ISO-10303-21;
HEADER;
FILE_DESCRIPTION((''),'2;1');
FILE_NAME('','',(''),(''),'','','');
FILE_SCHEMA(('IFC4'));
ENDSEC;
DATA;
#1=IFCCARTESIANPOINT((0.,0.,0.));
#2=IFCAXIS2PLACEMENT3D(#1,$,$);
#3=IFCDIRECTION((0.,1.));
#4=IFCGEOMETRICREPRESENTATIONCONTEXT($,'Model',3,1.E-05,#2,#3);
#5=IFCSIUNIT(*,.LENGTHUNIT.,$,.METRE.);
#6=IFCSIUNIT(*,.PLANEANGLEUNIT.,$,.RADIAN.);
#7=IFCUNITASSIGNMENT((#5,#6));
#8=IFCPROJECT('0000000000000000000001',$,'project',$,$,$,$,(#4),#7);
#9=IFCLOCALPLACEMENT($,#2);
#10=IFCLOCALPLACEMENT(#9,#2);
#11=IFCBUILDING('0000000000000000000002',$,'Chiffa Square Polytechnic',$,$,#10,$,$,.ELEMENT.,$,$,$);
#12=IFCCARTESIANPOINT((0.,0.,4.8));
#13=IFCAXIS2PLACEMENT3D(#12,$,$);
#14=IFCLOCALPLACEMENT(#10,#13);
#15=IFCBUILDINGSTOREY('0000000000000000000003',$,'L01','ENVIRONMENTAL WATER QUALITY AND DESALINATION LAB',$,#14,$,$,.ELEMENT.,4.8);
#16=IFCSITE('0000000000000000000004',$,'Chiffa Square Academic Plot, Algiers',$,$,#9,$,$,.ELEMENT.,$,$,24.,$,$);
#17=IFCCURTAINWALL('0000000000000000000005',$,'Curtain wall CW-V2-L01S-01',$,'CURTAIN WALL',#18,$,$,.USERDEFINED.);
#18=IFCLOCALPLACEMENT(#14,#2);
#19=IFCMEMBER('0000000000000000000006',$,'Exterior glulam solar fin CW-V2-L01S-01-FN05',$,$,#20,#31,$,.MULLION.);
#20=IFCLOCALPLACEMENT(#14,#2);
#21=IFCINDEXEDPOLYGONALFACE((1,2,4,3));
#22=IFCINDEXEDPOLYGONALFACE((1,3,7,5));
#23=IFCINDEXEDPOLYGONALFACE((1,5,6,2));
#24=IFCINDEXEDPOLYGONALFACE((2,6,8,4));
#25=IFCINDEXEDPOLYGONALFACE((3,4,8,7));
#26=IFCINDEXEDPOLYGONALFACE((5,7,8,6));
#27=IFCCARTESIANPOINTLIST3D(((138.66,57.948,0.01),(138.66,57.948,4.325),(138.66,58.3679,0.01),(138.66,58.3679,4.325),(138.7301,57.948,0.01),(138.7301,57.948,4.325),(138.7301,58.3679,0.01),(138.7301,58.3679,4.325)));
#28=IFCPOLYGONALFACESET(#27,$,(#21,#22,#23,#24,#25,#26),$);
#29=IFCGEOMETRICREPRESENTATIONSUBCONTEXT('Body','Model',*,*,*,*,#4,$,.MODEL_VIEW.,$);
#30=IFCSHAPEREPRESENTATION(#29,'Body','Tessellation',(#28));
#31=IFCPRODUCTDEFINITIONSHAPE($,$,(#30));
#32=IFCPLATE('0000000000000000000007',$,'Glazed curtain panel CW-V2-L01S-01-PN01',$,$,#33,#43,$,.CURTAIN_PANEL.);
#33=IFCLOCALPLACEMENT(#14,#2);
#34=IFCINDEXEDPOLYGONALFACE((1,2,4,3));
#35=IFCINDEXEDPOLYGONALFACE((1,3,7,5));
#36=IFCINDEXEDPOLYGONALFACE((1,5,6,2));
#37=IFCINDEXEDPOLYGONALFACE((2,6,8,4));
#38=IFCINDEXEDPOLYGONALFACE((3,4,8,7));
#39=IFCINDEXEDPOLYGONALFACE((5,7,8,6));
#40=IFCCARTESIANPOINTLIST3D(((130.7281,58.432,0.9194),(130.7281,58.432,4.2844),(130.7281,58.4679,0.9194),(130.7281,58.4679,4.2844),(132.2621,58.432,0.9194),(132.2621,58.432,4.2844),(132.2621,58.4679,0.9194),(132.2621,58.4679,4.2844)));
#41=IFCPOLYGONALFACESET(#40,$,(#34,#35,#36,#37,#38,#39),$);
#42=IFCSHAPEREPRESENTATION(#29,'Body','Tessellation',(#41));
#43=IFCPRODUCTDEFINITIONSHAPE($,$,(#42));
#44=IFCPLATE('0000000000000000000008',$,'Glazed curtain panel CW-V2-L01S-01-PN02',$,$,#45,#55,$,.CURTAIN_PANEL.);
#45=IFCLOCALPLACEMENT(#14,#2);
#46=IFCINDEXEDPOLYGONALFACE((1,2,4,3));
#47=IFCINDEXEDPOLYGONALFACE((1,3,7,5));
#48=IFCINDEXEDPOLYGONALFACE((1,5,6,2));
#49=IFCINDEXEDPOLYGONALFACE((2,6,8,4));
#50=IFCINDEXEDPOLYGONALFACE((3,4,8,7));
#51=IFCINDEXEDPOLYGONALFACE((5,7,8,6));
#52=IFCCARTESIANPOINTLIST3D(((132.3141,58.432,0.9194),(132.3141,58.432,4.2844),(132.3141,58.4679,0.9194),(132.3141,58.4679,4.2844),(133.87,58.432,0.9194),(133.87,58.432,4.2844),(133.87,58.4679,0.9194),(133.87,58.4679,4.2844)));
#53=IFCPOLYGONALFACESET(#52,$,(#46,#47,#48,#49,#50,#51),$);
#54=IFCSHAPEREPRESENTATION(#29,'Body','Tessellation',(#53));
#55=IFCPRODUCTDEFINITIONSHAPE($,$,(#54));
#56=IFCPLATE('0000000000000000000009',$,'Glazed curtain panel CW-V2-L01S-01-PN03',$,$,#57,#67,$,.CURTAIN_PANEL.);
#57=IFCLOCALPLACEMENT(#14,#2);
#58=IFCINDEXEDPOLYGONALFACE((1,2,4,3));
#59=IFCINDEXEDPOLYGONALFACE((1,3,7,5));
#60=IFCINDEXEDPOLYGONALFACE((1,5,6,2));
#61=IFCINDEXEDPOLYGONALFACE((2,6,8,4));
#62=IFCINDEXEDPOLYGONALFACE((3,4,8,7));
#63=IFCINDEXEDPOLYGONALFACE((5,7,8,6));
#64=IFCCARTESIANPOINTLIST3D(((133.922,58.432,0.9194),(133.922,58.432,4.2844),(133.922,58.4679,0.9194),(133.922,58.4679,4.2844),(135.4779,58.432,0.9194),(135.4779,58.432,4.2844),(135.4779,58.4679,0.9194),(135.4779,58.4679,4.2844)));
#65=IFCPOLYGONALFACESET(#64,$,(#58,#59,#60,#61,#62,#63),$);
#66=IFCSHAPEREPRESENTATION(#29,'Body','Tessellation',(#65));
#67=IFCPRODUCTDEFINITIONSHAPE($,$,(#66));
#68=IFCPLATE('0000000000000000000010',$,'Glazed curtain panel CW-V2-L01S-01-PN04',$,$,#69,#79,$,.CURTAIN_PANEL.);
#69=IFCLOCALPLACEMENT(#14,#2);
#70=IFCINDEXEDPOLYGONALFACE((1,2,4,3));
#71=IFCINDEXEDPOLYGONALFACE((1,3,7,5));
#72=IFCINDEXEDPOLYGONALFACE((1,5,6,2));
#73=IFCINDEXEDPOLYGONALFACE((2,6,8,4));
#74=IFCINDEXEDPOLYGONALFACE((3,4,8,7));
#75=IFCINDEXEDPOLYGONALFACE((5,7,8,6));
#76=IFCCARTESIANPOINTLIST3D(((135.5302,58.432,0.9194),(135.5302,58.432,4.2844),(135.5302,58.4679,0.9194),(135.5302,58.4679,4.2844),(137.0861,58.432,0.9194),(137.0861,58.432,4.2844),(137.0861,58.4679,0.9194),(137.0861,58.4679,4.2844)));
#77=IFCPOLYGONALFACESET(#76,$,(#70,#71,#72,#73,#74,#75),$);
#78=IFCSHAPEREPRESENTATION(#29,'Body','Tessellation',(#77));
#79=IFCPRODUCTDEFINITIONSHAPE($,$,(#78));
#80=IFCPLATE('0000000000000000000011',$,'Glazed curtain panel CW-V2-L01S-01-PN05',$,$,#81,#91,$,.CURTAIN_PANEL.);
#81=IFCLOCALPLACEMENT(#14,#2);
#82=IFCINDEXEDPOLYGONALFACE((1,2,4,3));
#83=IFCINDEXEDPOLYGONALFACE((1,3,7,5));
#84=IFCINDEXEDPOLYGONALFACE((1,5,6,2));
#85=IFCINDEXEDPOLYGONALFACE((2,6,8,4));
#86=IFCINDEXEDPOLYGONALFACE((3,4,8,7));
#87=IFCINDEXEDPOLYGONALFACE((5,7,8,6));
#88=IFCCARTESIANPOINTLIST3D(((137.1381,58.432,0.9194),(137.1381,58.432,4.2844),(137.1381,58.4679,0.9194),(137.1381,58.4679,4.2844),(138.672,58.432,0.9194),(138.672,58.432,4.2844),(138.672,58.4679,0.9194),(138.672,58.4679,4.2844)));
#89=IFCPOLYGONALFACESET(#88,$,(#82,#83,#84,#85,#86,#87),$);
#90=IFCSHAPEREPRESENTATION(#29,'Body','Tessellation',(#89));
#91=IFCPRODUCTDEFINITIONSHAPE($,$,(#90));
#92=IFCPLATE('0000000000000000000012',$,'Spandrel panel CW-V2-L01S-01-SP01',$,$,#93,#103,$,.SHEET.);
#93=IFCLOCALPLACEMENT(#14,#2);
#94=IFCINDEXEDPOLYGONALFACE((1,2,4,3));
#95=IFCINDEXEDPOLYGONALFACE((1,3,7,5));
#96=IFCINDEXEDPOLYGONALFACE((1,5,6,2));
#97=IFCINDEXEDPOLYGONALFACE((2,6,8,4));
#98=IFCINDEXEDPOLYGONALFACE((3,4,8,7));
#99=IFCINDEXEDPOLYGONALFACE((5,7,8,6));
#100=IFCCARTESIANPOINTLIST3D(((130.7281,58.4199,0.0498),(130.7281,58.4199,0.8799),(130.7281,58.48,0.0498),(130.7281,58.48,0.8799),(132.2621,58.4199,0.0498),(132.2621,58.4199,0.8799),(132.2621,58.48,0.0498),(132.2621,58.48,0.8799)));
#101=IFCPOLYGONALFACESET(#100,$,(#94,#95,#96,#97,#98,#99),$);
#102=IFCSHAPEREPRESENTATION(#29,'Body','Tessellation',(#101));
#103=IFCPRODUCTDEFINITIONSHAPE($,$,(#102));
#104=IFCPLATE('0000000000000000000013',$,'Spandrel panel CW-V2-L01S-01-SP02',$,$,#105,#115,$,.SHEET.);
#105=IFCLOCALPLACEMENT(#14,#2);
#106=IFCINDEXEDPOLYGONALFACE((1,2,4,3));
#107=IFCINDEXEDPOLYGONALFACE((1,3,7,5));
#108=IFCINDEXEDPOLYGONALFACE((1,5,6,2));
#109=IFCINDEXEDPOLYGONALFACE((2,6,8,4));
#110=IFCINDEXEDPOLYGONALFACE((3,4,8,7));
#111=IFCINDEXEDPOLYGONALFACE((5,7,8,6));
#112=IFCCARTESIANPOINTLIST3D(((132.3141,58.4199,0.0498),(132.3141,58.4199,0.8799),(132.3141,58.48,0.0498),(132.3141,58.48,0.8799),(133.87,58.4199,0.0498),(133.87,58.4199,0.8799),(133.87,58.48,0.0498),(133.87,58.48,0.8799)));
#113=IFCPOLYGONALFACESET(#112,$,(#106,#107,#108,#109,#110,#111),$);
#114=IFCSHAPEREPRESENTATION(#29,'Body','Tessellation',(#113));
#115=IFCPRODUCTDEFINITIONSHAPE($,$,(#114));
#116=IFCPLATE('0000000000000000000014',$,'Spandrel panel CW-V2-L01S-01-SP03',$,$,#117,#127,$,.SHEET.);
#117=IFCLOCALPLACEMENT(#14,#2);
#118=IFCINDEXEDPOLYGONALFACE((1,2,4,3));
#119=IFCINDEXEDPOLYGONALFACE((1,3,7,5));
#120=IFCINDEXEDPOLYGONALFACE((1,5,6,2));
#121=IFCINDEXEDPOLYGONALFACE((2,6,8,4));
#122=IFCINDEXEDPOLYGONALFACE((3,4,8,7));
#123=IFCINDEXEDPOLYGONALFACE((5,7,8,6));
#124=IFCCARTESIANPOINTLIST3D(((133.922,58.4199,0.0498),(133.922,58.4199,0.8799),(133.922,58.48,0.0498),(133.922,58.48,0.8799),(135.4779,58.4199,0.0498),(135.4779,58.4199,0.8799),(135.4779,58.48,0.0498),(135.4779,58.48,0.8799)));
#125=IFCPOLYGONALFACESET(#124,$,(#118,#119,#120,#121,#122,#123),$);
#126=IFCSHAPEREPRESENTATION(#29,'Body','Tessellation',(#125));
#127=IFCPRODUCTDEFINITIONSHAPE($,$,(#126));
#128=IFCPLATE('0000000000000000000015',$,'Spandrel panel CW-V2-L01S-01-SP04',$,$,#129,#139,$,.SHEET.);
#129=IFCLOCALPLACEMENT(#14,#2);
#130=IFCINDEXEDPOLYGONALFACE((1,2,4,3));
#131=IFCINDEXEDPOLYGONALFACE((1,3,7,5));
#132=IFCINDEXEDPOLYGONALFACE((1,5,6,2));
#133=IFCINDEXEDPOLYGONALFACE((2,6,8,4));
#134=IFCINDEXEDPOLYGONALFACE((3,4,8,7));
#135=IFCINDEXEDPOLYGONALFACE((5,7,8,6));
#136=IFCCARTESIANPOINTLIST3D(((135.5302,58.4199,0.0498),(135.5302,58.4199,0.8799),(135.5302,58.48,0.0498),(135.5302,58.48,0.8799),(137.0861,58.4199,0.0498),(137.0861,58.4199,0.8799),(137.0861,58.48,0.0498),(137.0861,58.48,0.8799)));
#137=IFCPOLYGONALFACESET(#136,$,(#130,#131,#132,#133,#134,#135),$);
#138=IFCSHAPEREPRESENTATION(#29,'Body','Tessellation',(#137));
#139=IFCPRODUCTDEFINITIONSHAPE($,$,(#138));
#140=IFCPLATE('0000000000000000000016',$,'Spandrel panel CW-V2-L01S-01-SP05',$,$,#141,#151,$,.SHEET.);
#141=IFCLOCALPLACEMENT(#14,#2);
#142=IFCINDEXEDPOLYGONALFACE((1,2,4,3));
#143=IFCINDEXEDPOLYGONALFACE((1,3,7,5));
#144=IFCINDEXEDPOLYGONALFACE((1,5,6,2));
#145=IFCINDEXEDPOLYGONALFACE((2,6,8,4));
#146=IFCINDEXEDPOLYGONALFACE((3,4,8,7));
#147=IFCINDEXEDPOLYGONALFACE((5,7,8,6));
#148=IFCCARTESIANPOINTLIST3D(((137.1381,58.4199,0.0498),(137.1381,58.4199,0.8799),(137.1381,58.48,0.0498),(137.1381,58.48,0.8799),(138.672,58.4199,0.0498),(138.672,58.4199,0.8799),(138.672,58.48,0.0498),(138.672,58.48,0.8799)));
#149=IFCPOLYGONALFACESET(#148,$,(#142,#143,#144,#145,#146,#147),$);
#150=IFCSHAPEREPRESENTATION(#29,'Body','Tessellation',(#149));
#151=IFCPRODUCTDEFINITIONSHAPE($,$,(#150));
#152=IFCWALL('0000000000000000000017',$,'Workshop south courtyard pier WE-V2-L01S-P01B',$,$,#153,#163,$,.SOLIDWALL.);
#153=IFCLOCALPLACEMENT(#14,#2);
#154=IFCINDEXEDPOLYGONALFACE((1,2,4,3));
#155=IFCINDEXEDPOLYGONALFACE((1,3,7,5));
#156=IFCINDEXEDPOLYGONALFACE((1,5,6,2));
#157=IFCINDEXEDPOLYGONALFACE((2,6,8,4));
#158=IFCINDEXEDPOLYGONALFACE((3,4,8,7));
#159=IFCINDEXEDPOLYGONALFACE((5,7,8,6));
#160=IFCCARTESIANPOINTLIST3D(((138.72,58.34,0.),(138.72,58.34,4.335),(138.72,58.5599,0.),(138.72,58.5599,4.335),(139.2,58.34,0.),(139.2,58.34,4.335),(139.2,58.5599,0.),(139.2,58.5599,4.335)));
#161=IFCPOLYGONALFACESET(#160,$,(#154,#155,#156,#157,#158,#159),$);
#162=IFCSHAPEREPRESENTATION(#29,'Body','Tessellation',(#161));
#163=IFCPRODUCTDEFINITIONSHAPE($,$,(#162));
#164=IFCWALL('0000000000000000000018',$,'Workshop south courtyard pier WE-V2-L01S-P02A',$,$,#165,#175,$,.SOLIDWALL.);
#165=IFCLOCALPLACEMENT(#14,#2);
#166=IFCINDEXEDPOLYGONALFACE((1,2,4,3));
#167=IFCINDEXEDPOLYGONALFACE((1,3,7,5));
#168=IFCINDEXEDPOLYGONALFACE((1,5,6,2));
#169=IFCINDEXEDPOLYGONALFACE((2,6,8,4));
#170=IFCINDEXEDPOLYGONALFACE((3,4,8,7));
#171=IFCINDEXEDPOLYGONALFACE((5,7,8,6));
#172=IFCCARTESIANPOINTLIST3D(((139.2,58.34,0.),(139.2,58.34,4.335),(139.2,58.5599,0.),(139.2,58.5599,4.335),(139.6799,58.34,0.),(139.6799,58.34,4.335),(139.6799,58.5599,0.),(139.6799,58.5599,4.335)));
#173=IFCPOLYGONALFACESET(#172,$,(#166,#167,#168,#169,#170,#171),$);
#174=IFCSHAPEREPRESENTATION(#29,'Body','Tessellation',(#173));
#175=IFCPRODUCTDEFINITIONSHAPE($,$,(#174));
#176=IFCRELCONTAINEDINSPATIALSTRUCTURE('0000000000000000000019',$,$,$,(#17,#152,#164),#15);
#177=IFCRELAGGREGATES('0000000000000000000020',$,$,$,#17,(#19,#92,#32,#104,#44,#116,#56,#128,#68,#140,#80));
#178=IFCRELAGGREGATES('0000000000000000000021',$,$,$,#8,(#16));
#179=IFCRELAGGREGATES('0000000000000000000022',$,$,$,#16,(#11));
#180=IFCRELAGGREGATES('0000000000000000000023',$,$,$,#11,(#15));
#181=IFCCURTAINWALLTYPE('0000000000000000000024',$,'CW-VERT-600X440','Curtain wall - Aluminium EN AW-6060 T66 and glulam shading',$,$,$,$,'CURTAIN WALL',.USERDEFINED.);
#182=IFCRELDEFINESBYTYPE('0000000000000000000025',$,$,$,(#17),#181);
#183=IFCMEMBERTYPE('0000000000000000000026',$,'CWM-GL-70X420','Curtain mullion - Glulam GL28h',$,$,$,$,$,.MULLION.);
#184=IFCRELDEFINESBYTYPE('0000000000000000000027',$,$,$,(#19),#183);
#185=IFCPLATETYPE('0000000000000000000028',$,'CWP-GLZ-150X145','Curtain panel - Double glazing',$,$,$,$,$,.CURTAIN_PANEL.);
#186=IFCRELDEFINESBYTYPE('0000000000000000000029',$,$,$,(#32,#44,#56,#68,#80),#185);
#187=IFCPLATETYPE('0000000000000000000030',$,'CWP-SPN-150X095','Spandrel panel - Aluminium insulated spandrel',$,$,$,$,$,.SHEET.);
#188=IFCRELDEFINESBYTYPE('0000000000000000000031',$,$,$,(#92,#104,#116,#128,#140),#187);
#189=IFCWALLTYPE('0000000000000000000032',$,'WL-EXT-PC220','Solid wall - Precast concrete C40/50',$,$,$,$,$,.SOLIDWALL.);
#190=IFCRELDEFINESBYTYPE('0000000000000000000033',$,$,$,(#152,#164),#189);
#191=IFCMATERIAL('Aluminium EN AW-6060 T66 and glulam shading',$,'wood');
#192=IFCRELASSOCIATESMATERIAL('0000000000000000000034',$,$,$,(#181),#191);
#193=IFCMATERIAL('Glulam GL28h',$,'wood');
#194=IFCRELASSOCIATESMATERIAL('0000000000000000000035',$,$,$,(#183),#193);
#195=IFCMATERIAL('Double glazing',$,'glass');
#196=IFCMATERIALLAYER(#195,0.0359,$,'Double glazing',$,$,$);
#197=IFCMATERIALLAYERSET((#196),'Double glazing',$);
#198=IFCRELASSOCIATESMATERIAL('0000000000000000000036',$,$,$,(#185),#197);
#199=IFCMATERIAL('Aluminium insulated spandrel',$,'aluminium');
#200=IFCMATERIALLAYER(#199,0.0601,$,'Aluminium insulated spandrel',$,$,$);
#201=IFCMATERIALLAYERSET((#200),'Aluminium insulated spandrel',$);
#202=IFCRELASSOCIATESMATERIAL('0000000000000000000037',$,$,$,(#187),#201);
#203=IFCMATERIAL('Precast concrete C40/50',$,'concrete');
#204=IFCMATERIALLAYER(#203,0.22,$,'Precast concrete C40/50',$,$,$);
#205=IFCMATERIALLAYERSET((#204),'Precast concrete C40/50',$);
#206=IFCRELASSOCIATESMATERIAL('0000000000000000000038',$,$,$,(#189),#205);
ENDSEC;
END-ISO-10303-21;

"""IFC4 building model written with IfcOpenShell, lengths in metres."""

from ifc_helpers import new_model, si_unit, direction, frame, frame_2d, origin, origin_2d, place, context, subcontext, project, spatial, rectangle, extrude, material, layer, layer_set, material_profile, profile_set, type_object, element, aggregate, save


model = new_model("IFC4")

# Units and contexts
model_context = context("Model", 3, precision=1e-05, world=origin(), true_north=direction((0.0, 1.0)))
body_context = subcontext(model_context, "Body", "Model", "MODEL_VIEW")
ifc_project = project(units=[si_unit("LENGTHUNIT", "METRE"), si_unit("PLANEANGLEUNIT", "RADIAN")], contexts=[model_context])

# Site, building, storey
site_placement = place(None, origin())
site = spatial("IfcSite", under=ifc_project, at=site_placement, Name="Chiffa Square Academic Plot, Algiers", CompositionType="ELEMENT", RefElevation=24.0)
building_placement = place(site_placement, origin())
building = spatial("IfcBuilding", under=site, at=building_placement, Name="Chiffa Square Polytechnic", CompositionType="ELEMENT")
storey_placement = place(building_placement, frame((0.0, 0.0, 4.8)))
storey = spatial("IfcBuildingStorey", under=building, at=storey_placement, Name="L01", Description="ENVIRONMENTAL WATER QUALITY AND DESALINATION LAB", CompositionType="ELEMENT", Elevation=4.8)

# Curtain wall, member, plates
ifc_material_1 = material(Name="Aluminium EN AW-6060 T66 and glulam shading", Category="wood")
curtain_wall_type = type_object("IfcCurtainWallType", Name="CW-VERT-600X440", Description="Curtain wall - Aluminium EN AW-6060 T66 and glulam shading", ElementType="CURTAIN WALL", PredefinedType="USERDEFINED", material=ifc_material_1)
curtain_wall_placement = place(storey_placement, origin())
curtain_wall = element("IfcCurtainWall", 1, at=curtain_wall_placement, inside=storey, type_object=curtain_wall_type, Name="Curtain wall CW-V2-L01S-01", ObjectType="CURTAIN WALL", PredefinedType="USERDEFINED")
ifc_material_2 = material(Name="Glulam GL28h", Category="wood")
ifc_material_profile_1 = material_profile(ifc_material_2, rectangle(XDim=0.0701, YDim=0.4199, at=origin_2d()), Name="GL28h 70x420")
ifc_profile_set_1 = profile_set([ifc_material_profile_1], Name="Glulam GL28h")
member_type_1 = type_object("IfcMemberType", Name="CWM-GL-70X420", Description="Curtain mullion - Glulam GL28h", PredefinedType="MULLION", material=ifc_profile_set_1)
member_1_placement = place(storey_placement, frame((138.6951, 58.158, 0.01), z_axis=(0.0, 0.0, 1.0), x_axis=(1.0, 0.0, 0.0)))
member_1 = element("IfcMember", 2, at=member_1_placement, type_object=member_type_1, Name="Exterior glulam solar fin CW-V2-L01S-01-FN05", PredefinedType="MULLION", context=body_context, shape_type="SweptSolid", body=[
    extrude(rectangle(XDim=0.0701, YDim=0.4199, at=origin_2d()), origin(), (0.0, 0.0, 1.0), 4.3149),
])
ifc_material_3 = material(Name="Double glazing", Category="glass")
ifc_layer_1 = layer(ifc_material_3, 0.0359, Name="Double glazing")
ifc_layer_set_1 = layer_set([ifc_layer_1], Name="Double glazing")
plate_type_1 = type_object("IfcPlateType", Name="CWP-GLZ-150X145", Description="Curtain panel - Double glazing", PredefinedType="CURTAIN_PANEL", material=ifc_layer_set_1)
plate_1_placement = place(storey_placement, frame((131.4951, 58.45, 0.9194), z_axis=(0.0, 0.0, 1.0), x_axis=(1.0, 0.0, 0.0)))
plate_1 = element("IfcPlate", 3, at=plate_1_placement, type_object=plate_type_1, Name="Glazed curtain panel CW-V2-L01S-01-PN01", PredefinedType="CURTAIN_PANEL", context=body_context, shape_type="SweptSolid", body=[
    extrude(rectangle(XDim=1.5339, YDim=0.0359, at=origin_2d()), origin(), (0.0, 0.0, 1.0), 3.365),
])
plate_2_placement = place(storey_placement, frame((133.092, 58.45, 0.9194), z_axis=(0.0, 0.0, 1.0), x_axis=(1.0, 0.0, 0.0)))
plate_2 = element("IfcPlate", 4, at=plate_2_placement, type_object=plate_type_1, Name="Glazed curtain panel CW-V2-L01S-01-PN02", PredefinedType="CURTAIN_PANEL", context=body_context, shape_type="SweptSolid", body=[
    extrude(rectangle(XDim=1.5559, YDim=0.0359, at=origin_2d()), origin(), (0.0, 0.0, 1.0), 3.365),
])
plate_3_placement = place(storey_placement, frame((134.7, 58.45, 0.9194), z_axis=(0.0, 0.0, 1.0), x_axis=(1.0, 0.0, 0.0)))
plate_3 = element("IfcPlate", 5, at=plate_3_placement, type_object=plate_type_1, Name="Glazed curtain panel CW-V2-L01S-01-PN03", PredefinedType="CURTAIN_PANEL", context=body_context, shape_type="SweptSolid", body=[
    extrude(rectangle(XDim=1.5559, YDim=0.0359, at=origin_2d()), origin(), (0.0, 0.0, 1.0), 3.365),
])
plate_4_placement = place(storey_placement, frame((136.3081, 58.45, 0.9194), z_axis=(0.0, 0.0, 1.0), x_axis=(1.0, 0.0, 0.0)))
plate_4 = element("IfcPlate", 6, at=plate_4_placement, type_object=plate_type_1, Name="Glazed curtain panel CW-V2-L01S-01-PN04", PredefinedType="CURTAIN_PANEL", context=body_context, shape_type="SweptSolid", body=[
    extrude(rectangle(XDim=1.5559, YDim=0.0359, at=origin_2d()), origin(), (0.0, 0.0, 1.0), 3.365),
])
plate_5_placement = place(storey_placement, frame((137.905, 58.45, 0.9194), z_axis=(0.0, 0.0, 1.0), x_axis=(1.0, 0.0, 0.0)))
plate_5 = element("IfcPlate", 7, at=plate_5_placement, type_object=plate_type_1, Name="Glazed curtain panel CW-V2-L01S-01-PN05", PredefinedType="CURTAIN_PANEL", context=body_context, shape_type="SweptSolid", body=[
    extrude(rectangle(XDim=1.5339, YDim=0.0359, at=origin_2d()), origin(), (0.0, 0.0, 1.0), 3.365),
])
ifc_material_4 = material(Name="Aluminium insulated spandrel", Category="aluminium")
ifc_layer_2 = layer(ifc_material_4, 0.0601, Name="Aluminium insulated spandrel")
ifc_layer_set_2 = layer_set([ifc_layer_2], Name="Aluminium insulated spandrel")
plate_type_2 = type_object("IfcPlateType", Name="CWP-SPN-150X095", Description="Spandrel panel - Aluminium insulated spandrel", PredefinedType="SHEET", material=ifc_layer_set_2)
plate_6_placement = place(storey_placement, frame((131.4951, 58.45, 0.0498), z_axis=(0.0, 0.0, 1.0), x_axis=(1.0, 0.0, 0.0)))
plate_6 = element("IfcPlate", 8, at=plate_6_placement, type_object=plate_type_2, Name="Spandrel panel CW-V2-L01S-01-SP01", PredefinedType="SHEET", context=body_context, shape_type="SweptSolid", body=[
    extrude(rectangle(XDim=1.5339, YDim=0.0601, at=origin_2d()), origin(), (0.0, 0.0, 1.0), 0.8301),
])
plate_7_placement = place(storey_placement, frame((133.092, 58.45, 0.0498), z_axis=(0.0, 0.0, 1.0), x_axis=(1.0, 0.0, 0.0)))
plate_7 = element("IfcPlate", 9, at=plate_7_placement, type_object=plate_type_2, Name="Spandrel panel CW-V2-L01S-01-SP02", PredefinedType="SHEET", context=body_context, shape_type="SweptSolid", body=[
    extrude(rectangle(XDim=1.5559, YDim=0.0601, at=origin_2d()), origin(), (0.0, 0.0, 1.0), 0.8301),
])
plate_8_placement = place(storey_placement, frame((134.7, 58.45, 0.0498), z_axis=(0.0, 0.0, 1.0), x_axis=(1.0, 0.0, 0.0)))
plate_8 = element("IfcPlate", 10, at=plate_8_placement, type_object=plate_type_2, Name="Spandrel panel CW-V2-L01S-01-SP03", PredefinedType="SHEET", context=body_context, shape_type="SweptSolid", body=[
    extrude(rectangle(XDim=1.5559, YDim=0.0601, at=origin_2d()), origin(), (0.0, 0.0, 1.0), 0.8301),
])
plate_9_placement = place(storey_placement, frame((136.3081, 58.45, 0.0498), z_axis=(0.0, 0.0, 1.0), x_axis=(1.0, 0.0, 0.0)))
plate_9 = element("IfcPlate", 11, at=plate_9_placement, type_object=plate_type_2, Name="Spandrel panel CW-V2-L01S-01-SP04", PredefinedType="SHEET", context=body_context, shape_type="SweptSolid", body=[
    extrude(rectangle(XDim=1.5559, YDim=0.0601, at=origin_2d()), origin(), (0.0, 0.0, 1.0), 0.8301),
])
plate_10_placement = place(storey_placement, frame((137.905, 58.45, 0.0498), z_axis=(0.0, 0.0, 1.0), x_axis=(1.0, 0.0, 0.0)))
plate_10 = element("IfcPlate", 12, at=plate_10_placement, type_object=plate_type_2, Name="Spandrel panel CW-V2-L01S-01-SP05", PredefinedType="SHEET", context=body_context, shape_type="SweptSolid", body=[
    extrude(rectangle(XDim=1.5339, YDim=0.0601, at=origin_2d()), origin(), (0.0, 0.0, 1.0), 0.8301),
])
aggregate(curtain_wall, [member_1, plate_6, plate_1, plate_7, plate_2, plate_8, plate_3, plate_9, plate_4, plate_10, plate_5])

# Walls
ifc_material_5 = material(Name="Precast concrete C40/50", Category="concrete")
ifc_layer_3 = layer(ifc_material_5, 0.22, Name="Precast concrete C40/50")
ifc_layer_set_3 = layer_set([ifc_layer_3], Name="Precast concrete C40/50")
wall_type = type_object("IfcWallType", Name="WL-EXT-PC220", Description="Solid wall - Precast concrete C40/50", PredefinedType="SOLIDWALL", material=ifc_layer_set_3)
for number, where, z_axis, x_axis, name in (
    (13, (138.72, 58.45, 0.0), (0.0, 0.0, 1.0), (1.0, 0.0, 0.0), "Workshop south courtyard pier WE-V2-L01S-P01B"),
    (14, (139.2, 58.45, 0.0), (0.0, 0.0, 1.0), (1.0, 0.0, 0.0), "Workshop south courtyard pier WE-V2-L01S-P02A"),
):
    element("IfcWall", number, at=place(storey_placement, frame(where, z_axis=z_axis, x_axis=x_axis)), inside=storey, type_object=wall_type, Name=name, PredefinedType="SOLIDWALL", context=body_context, shape_type="SweptSolid", body=[
        extrude(rectangle(XDim=0.48, YDim=0.22, at=frame_2d((0.24, 0.0))), origin(), (0.0, 0.0, 1.0), 4.335),
    ])

save(model, "model.ifc")
